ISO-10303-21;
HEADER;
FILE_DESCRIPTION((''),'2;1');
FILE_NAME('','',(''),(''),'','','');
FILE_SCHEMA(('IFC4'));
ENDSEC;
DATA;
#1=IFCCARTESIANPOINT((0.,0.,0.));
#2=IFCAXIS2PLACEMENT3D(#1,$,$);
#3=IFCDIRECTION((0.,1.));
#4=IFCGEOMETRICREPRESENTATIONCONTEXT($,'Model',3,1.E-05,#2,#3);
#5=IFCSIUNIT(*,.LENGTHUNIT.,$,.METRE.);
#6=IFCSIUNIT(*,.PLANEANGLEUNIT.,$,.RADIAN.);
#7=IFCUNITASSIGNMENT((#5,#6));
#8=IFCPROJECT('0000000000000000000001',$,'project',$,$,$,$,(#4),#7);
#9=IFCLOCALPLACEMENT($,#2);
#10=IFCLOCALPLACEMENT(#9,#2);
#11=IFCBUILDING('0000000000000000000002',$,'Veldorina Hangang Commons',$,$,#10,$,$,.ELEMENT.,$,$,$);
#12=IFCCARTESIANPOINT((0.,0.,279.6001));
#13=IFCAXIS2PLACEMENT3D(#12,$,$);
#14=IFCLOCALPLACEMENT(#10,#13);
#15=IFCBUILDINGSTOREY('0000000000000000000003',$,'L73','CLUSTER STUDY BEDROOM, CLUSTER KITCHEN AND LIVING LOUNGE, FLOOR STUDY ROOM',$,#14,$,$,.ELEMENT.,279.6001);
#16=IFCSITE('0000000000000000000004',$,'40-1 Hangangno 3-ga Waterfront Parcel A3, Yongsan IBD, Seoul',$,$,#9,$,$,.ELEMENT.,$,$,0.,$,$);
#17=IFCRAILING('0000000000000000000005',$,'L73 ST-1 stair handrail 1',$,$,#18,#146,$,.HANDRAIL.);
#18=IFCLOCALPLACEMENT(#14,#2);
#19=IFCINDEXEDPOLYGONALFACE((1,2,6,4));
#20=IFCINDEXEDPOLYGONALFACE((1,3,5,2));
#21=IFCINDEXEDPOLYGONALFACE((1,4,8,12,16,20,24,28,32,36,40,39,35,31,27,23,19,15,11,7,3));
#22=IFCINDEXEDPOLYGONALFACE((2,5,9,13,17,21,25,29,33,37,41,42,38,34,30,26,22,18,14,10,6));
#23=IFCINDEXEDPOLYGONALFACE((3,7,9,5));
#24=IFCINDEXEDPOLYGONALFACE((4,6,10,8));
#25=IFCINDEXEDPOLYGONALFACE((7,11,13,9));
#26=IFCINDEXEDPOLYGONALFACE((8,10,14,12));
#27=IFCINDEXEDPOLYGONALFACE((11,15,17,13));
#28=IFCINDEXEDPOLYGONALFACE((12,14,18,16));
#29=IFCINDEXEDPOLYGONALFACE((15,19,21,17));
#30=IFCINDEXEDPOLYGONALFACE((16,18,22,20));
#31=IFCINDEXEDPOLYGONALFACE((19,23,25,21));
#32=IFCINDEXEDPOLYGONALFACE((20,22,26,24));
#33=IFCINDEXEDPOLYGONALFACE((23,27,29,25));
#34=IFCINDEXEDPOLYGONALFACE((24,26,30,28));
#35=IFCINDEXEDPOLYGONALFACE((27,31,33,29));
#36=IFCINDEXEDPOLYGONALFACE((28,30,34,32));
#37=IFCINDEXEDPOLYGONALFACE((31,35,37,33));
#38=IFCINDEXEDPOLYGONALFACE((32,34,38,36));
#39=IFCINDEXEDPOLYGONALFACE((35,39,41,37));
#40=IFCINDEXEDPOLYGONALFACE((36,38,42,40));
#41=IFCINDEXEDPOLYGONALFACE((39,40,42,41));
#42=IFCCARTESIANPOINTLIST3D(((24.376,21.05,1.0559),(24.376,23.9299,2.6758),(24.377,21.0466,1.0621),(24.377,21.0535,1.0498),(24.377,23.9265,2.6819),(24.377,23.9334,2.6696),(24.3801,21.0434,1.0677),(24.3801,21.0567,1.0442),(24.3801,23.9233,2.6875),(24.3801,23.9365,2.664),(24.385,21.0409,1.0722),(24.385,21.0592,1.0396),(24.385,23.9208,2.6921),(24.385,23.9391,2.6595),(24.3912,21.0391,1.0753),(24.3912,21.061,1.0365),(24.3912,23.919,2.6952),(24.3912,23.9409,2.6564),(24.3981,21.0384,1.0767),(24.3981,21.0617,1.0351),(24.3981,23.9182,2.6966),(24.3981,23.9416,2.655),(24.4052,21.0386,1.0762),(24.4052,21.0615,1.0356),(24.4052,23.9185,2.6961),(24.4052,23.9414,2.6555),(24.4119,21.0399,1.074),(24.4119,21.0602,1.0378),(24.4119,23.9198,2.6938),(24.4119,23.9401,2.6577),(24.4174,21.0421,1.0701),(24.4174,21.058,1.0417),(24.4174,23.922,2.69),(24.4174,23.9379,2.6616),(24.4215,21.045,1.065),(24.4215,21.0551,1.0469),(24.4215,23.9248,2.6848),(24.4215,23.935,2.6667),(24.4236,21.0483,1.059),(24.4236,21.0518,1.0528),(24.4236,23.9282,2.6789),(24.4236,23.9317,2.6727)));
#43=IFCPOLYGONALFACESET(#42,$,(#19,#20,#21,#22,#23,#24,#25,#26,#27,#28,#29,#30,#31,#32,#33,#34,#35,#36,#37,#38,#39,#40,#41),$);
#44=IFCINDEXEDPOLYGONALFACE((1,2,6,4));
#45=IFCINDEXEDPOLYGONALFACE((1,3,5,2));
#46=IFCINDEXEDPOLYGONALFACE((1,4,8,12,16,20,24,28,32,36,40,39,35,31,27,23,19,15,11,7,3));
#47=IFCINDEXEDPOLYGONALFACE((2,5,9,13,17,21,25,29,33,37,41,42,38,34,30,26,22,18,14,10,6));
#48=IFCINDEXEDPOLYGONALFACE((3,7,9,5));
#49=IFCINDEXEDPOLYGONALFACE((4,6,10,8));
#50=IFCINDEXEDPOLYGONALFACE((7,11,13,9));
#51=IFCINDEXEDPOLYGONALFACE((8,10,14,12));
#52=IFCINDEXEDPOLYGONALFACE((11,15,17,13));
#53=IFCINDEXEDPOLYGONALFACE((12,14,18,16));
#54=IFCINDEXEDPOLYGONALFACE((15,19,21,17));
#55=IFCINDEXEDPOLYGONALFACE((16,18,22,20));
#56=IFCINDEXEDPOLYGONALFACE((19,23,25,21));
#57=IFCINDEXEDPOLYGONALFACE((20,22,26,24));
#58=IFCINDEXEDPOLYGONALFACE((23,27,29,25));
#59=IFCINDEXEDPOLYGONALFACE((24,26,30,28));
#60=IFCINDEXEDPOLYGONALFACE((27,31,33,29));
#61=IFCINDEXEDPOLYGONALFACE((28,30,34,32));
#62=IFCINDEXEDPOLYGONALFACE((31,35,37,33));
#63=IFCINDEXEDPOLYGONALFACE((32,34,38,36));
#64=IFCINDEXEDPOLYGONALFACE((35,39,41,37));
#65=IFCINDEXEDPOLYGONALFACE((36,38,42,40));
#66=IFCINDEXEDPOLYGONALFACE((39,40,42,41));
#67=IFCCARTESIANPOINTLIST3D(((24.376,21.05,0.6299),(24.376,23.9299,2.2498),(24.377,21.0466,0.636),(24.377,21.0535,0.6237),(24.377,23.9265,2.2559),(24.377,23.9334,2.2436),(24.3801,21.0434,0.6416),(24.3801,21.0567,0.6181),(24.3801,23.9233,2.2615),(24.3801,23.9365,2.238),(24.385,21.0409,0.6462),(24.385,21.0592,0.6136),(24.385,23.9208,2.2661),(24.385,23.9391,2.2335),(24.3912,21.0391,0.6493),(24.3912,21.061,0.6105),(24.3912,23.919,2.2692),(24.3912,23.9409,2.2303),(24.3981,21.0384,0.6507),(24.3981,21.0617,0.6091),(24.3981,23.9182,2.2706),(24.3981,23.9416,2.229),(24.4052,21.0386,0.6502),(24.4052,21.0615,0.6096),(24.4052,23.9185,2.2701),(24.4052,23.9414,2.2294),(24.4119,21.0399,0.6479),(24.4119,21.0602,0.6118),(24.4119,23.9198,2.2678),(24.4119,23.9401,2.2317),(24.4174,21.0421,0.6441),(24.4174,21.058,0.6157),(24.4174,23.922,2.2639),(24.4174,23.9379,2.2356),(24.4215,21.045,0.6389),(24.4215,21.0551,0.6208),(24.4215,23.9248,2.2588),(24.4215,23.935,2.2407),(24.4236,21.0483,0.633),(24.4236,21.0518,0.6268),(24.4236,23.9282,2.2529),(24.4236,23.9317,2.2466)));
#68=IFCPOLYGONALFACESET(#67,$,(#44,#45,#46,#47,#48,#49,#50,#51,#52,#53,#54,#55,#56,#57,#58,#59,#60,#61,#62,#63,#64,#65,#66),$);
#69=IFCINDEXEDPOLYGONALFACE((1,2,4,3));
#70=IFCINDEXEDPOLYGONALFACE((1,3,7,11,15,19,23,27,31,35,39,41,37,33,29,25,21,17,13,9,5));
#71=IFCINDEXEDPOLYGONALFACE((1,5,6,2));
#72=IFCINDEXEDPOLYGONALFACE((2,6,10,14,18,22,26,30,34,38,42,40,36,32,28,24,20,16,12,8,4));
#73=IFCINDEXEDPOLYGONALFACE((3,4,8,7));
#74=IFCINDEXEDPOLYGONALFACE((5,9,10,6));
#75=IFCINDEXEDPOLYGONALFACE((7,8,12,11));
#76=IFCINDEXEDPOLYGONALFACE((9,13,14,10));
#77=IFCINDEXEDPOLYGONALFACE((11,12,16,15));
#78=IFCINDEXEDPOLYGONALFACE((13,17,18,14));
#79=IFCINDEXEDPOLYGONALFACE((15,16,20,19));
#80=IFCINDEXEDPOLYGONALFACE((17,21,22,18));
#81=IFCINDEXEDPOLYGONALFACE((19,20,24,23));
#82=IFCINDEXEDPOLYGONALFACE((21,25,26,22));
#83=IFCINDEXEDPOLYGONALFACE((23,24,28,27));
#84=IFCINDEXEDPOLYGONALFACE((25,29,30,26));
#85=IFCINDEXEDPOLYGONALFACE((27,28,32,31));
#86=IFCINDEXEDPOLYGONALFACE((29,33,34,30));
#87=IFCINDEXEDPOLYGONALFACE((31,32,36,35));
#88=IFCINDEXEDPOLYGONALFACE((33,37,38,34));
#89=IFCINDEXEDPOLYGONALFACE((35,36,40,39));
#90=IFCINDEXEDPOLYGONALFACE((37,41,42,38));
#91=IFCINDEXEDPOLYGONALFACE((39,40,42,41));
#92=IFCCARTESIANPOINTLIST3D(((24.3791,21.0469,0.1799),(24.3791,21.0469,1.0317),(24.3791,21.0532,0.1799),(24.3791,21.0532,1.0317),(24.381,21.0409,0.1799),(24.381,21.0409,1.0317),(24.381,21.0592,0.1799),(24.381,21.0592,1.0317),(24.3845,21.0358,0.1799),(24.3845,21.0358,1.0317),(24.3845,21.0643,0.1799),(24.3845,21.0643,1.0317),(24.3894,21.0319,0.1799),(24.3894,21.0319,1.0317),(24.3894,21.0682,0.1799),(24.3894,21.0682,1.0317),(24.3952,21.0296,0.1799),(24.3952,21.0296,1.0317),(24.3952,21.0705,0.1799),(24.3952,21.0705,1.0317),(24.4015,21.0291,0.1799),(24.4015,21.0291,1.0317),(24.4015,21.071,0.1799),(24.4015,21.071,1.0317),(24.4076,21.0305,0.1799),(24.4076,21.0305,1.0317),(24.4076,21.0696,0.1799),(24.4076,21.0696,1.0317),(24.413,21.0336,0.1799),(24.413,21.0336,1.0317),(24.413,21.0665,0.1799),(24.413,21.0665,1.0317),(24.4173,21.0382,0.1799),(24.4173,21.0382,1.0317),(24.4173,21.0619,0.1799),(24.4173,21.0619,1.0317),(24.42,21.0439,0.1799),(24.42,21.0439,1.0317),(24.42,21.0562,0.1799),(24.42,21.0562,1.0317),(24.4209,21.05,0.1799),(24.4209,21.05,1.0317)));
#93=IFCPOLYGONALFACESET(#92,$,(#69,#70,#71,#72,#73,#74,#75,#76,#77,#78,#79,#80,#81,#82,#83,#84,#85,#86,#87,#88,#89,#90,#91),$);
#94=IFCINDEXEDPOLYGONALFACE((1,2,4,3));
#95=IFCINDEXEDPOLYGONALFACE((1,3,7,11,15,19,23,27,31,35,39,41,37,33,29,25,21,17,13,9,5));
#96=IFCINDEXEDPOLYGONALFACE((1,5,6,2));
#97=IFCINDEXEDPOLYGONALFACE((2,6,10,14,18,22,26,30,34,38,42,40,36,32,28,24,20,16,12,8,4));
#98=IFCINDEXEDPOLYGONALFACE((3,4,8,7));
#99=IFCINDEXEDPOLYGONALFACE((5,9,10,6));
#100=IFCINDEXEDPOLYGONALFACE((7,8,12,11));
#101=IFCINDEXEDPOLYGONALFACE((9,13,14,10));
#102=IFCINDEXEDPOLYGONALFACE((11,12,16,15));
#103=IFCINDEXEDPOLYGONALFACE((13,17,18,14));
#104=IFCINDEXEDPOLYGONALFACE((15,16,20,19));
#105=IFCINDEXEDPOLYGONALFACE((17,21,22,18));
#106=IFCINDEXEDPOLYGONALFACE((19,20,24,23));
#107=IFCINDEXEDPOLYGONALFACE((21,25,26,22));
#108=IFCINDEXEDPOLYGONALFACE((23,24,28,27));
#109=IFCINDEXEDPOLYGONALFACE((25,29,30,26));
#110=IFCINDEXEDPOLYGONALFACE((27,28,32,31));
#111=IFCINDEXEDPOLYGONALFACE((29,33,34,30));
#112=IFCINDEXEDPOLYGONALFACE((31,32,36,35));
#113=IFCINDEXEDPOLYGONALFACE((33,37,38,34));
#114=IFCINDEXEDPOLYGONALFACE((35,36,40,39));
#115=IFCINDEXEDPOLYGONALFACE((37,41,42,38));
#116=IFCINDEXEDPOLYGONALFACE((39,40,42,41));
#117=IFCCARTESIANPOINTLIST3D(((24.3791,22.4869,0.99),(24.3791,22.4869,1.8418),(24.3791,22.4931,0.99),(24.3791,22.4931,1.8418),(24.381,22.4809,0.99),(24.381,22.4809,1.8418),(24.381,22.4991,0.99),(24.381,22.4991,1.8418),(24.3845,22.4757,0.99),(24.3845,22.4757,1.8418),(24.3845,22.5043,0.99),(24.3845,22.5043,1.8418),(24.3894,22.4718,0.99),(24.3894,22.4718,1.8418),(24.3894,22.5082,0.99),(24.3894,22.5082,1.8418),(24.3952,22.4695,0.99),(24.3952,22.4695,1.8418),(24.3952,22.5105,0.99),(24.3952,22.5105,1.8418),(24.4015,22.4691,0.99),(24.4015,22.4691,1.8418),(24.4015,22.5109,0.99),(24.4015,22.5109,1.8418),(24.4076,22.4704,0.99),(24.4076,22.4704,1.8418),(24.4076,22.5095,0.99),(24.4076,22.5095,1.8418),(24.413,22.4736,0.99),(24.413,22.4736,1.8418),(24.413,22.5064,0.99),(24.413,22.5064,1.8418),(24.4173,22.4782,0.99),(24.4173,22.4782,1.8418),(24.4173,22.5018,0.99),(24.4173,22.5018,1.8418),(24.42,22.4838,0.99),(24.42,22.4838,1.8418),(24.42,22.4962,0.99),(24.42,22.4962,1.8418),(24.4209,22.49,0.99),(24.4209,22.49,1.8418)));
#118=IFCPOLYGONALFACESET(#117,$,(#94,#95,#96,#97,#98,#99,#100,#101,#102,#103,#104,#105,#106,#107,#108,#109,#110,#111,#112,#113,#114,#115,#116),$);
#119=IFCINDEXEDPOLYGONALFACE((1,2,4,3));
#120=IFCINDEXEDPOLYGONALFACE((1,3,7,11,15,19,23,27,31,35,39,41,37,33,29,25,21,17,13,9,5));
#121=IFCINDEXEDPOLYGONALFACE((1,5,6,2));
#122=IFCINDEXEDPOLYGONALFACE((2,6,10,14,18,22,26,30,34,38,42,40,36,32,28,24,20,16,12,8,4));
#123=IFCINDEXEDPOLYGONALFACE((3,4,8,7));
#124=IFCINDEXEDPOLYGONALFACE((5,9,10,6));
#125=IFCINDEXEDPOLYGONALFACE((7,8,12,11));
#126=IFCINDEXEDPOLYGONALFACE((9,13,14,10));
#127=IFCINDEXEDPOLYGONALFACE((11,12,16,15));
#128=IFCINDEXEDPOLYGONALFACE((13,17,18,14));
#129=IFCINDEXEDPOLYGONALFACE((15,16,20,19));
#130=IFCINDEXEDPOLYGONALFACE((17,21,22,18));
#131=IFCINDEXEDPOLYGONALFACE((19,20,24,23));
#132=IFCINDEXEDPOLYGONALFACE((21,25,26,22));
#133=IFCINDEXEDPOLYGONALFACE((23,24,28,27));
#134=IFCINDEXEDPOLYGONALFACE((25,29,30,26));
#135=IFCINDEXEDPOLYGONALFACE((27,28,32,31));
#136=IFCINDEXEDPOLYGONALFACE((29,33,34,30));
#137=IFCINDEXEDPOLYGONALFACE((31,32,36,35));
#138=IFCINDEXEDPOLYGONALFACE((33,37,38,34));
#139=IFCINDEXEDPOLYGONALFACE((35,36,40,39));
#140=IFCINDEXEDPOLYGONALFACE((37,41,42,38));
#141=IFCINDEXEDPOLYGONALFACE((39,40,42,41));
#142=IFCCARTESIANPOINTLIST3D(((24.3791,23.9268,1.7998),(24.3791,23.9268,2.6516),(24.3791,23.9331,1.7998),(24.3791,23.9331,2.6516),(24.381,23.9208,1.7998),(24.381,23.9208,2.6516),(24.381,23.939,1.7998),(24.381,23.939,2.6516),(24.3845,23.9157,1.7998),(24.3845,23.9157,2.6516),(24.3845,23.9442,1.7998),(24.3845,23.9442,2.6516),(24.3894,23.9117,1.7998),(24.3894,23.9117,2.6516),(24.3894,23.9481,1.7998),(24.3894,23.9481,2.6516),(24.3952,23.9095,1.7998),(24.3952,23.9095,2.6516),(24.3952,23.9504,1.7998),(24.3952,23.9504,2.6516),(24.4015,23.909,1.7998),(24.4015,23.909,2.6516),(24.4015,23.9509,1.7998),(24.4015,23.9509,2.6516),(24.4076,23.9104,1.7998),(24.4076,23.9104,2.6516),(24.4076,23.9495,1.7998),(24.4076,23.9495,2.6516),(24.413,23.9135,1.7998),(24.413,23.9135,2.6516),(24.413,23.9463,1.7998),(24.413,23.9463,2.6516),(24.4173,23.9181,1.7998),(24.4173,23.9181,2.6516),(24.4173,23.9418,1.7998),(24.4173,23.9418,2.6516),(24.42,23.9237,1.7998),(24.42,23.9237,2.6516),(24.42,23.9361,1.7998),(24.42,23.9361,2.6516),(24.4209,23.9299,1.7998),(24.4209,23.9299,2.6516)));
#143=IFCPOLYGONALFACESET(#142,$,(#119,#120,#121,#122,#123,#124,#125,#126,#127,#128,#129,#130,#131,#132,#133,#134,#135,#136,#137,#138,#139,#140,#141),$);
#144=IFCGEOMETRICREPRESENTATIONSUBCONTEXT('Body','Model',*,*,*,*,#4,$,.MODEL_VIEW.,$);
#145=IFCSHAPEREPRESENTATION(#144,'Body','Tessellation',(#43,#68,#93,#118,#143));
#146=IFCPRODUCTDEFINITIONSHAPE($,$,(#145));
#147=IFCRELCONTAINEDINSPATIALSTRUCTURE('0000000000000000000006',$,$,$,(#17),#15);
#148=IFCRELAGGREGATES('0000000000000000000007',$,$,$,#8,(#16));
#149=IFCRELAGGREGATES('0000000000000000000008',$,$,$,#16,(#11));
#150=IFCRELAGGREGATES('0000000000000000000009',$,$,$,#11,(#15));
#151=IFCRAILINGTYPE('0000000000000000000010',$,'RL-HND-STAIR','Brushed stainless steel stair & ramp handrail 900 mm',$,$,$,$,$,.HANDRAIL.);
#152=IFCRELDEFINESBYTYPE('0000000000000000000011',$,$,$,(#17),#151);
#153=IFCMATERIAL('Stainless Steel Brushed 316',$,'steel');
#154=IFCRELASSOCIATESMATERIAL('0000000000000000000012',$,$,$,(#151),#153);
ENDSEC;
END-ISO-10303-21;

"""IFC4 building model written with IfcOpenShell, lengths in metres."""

from ifc_helpers import new_model, si_unit, direction, frame, origin, origin_2d, place, context, subcontext, project, spatial, circle, extrude, material, type_object, element, save


model = new_model("IFC4")

# Units and contexts
model_context = context("Model", 3, precision=1e-05, world=origin(), true_north=direction((0.0, 1.0)))
body_context = subcontext(model_context, "Body", "Model", "MODEL_VIEW")
ifc_project = project(units=[si_unit("LENGTHUNIT", "METRE"), si_unit("PLANEANGLEUNIT", "RADIAN")], contexts=[model_context])

# Site, building, storey
site_placement = place(None, origin())
site = spatial("IfcSite", under=ifc_project, at=site_placement, Name="40-1 Hangangno 3-ga Waterfront Parcel A3, Yongsan IBD, Seoul", CompositionType="ELEMENT", RefElevation=0.0)
building_placement = place(site_placement, origin())
building = spatial("IfcBuilding", under=site, at=building_placement, Name="Veldorina Hangang Commons", CompositionType="ELEMENT")
storey_placement = place(building_placement, frame((0.0, 0.0, 279.6001)))
storey = spatial("IfcBuildingStorey", under=building, at=storey_placement, Name="L73", Description="CLUSTER STUDY BEDROOM, CLUSTER KITCHEN AND LIVING LOUNGE, FLOOR STUDY ROOM", CompositionType="ELEMENT", Elevation=279.6001)

# Railing
ifc_material_1 = material(Name="Stainless Steel Brushed 316", Category="steel")
railing_type_1 = type_object("IfcRailingType", Name="RL-HND-STAIR", Description="Brushed stainless steel stair & ramp handrail 900 mm", PredefinedType="HANDRAIL", material=ifc_material_1)
railing_1_placement = place(storey_placement, frame((24.3999, 21.05, 0.1799)))
element("IfcRailing", 1, at=railing_1_placement, inside=storey, type_object=railing_type_1, Name="L73 ST-1 stair handrail 1", PredefinedType="HANDRAIL", context=body_context, shape_type="SweptSolid", body=[
    extrude(circle(Radius=0.0239, at=origin_2d()), frame((0.0, 0.0, 0.876), z_axis=(0.0, 0.871583, 0.490247), x_axis=(-1.0, 0.0, 0.0)), (0.0, 0.0, 1.0), 3.3042),
    extrude(circle(Radius=0.0239, at=origin_2d()), frame((0.0, 0.0, 0.45), z_axis=(0.0, 0.871583, 0.490247), x_axis=(-1.0, 0.0, 0.0)), (0.0, 0.0, 1.0), 3.3042),
    extrude(circle(Radius=0.021, at=origin_2d()), origin(), (0.0, 0.0, 1.0), 0.8518),
    extrude(circle(Radius=0.021, at=origin_2d()), frame((0.0, 1.4399, 0.8101)), (0.0, 0.0, 1.0), 0.8518),
    extrude(circle(Radius=0.021, at=origin_2d()), frame((0.0, 2.8799, 1.6199)), (0.0, 0.0, 1.0), 0.8518),
])

save(model, "model.ifc")
